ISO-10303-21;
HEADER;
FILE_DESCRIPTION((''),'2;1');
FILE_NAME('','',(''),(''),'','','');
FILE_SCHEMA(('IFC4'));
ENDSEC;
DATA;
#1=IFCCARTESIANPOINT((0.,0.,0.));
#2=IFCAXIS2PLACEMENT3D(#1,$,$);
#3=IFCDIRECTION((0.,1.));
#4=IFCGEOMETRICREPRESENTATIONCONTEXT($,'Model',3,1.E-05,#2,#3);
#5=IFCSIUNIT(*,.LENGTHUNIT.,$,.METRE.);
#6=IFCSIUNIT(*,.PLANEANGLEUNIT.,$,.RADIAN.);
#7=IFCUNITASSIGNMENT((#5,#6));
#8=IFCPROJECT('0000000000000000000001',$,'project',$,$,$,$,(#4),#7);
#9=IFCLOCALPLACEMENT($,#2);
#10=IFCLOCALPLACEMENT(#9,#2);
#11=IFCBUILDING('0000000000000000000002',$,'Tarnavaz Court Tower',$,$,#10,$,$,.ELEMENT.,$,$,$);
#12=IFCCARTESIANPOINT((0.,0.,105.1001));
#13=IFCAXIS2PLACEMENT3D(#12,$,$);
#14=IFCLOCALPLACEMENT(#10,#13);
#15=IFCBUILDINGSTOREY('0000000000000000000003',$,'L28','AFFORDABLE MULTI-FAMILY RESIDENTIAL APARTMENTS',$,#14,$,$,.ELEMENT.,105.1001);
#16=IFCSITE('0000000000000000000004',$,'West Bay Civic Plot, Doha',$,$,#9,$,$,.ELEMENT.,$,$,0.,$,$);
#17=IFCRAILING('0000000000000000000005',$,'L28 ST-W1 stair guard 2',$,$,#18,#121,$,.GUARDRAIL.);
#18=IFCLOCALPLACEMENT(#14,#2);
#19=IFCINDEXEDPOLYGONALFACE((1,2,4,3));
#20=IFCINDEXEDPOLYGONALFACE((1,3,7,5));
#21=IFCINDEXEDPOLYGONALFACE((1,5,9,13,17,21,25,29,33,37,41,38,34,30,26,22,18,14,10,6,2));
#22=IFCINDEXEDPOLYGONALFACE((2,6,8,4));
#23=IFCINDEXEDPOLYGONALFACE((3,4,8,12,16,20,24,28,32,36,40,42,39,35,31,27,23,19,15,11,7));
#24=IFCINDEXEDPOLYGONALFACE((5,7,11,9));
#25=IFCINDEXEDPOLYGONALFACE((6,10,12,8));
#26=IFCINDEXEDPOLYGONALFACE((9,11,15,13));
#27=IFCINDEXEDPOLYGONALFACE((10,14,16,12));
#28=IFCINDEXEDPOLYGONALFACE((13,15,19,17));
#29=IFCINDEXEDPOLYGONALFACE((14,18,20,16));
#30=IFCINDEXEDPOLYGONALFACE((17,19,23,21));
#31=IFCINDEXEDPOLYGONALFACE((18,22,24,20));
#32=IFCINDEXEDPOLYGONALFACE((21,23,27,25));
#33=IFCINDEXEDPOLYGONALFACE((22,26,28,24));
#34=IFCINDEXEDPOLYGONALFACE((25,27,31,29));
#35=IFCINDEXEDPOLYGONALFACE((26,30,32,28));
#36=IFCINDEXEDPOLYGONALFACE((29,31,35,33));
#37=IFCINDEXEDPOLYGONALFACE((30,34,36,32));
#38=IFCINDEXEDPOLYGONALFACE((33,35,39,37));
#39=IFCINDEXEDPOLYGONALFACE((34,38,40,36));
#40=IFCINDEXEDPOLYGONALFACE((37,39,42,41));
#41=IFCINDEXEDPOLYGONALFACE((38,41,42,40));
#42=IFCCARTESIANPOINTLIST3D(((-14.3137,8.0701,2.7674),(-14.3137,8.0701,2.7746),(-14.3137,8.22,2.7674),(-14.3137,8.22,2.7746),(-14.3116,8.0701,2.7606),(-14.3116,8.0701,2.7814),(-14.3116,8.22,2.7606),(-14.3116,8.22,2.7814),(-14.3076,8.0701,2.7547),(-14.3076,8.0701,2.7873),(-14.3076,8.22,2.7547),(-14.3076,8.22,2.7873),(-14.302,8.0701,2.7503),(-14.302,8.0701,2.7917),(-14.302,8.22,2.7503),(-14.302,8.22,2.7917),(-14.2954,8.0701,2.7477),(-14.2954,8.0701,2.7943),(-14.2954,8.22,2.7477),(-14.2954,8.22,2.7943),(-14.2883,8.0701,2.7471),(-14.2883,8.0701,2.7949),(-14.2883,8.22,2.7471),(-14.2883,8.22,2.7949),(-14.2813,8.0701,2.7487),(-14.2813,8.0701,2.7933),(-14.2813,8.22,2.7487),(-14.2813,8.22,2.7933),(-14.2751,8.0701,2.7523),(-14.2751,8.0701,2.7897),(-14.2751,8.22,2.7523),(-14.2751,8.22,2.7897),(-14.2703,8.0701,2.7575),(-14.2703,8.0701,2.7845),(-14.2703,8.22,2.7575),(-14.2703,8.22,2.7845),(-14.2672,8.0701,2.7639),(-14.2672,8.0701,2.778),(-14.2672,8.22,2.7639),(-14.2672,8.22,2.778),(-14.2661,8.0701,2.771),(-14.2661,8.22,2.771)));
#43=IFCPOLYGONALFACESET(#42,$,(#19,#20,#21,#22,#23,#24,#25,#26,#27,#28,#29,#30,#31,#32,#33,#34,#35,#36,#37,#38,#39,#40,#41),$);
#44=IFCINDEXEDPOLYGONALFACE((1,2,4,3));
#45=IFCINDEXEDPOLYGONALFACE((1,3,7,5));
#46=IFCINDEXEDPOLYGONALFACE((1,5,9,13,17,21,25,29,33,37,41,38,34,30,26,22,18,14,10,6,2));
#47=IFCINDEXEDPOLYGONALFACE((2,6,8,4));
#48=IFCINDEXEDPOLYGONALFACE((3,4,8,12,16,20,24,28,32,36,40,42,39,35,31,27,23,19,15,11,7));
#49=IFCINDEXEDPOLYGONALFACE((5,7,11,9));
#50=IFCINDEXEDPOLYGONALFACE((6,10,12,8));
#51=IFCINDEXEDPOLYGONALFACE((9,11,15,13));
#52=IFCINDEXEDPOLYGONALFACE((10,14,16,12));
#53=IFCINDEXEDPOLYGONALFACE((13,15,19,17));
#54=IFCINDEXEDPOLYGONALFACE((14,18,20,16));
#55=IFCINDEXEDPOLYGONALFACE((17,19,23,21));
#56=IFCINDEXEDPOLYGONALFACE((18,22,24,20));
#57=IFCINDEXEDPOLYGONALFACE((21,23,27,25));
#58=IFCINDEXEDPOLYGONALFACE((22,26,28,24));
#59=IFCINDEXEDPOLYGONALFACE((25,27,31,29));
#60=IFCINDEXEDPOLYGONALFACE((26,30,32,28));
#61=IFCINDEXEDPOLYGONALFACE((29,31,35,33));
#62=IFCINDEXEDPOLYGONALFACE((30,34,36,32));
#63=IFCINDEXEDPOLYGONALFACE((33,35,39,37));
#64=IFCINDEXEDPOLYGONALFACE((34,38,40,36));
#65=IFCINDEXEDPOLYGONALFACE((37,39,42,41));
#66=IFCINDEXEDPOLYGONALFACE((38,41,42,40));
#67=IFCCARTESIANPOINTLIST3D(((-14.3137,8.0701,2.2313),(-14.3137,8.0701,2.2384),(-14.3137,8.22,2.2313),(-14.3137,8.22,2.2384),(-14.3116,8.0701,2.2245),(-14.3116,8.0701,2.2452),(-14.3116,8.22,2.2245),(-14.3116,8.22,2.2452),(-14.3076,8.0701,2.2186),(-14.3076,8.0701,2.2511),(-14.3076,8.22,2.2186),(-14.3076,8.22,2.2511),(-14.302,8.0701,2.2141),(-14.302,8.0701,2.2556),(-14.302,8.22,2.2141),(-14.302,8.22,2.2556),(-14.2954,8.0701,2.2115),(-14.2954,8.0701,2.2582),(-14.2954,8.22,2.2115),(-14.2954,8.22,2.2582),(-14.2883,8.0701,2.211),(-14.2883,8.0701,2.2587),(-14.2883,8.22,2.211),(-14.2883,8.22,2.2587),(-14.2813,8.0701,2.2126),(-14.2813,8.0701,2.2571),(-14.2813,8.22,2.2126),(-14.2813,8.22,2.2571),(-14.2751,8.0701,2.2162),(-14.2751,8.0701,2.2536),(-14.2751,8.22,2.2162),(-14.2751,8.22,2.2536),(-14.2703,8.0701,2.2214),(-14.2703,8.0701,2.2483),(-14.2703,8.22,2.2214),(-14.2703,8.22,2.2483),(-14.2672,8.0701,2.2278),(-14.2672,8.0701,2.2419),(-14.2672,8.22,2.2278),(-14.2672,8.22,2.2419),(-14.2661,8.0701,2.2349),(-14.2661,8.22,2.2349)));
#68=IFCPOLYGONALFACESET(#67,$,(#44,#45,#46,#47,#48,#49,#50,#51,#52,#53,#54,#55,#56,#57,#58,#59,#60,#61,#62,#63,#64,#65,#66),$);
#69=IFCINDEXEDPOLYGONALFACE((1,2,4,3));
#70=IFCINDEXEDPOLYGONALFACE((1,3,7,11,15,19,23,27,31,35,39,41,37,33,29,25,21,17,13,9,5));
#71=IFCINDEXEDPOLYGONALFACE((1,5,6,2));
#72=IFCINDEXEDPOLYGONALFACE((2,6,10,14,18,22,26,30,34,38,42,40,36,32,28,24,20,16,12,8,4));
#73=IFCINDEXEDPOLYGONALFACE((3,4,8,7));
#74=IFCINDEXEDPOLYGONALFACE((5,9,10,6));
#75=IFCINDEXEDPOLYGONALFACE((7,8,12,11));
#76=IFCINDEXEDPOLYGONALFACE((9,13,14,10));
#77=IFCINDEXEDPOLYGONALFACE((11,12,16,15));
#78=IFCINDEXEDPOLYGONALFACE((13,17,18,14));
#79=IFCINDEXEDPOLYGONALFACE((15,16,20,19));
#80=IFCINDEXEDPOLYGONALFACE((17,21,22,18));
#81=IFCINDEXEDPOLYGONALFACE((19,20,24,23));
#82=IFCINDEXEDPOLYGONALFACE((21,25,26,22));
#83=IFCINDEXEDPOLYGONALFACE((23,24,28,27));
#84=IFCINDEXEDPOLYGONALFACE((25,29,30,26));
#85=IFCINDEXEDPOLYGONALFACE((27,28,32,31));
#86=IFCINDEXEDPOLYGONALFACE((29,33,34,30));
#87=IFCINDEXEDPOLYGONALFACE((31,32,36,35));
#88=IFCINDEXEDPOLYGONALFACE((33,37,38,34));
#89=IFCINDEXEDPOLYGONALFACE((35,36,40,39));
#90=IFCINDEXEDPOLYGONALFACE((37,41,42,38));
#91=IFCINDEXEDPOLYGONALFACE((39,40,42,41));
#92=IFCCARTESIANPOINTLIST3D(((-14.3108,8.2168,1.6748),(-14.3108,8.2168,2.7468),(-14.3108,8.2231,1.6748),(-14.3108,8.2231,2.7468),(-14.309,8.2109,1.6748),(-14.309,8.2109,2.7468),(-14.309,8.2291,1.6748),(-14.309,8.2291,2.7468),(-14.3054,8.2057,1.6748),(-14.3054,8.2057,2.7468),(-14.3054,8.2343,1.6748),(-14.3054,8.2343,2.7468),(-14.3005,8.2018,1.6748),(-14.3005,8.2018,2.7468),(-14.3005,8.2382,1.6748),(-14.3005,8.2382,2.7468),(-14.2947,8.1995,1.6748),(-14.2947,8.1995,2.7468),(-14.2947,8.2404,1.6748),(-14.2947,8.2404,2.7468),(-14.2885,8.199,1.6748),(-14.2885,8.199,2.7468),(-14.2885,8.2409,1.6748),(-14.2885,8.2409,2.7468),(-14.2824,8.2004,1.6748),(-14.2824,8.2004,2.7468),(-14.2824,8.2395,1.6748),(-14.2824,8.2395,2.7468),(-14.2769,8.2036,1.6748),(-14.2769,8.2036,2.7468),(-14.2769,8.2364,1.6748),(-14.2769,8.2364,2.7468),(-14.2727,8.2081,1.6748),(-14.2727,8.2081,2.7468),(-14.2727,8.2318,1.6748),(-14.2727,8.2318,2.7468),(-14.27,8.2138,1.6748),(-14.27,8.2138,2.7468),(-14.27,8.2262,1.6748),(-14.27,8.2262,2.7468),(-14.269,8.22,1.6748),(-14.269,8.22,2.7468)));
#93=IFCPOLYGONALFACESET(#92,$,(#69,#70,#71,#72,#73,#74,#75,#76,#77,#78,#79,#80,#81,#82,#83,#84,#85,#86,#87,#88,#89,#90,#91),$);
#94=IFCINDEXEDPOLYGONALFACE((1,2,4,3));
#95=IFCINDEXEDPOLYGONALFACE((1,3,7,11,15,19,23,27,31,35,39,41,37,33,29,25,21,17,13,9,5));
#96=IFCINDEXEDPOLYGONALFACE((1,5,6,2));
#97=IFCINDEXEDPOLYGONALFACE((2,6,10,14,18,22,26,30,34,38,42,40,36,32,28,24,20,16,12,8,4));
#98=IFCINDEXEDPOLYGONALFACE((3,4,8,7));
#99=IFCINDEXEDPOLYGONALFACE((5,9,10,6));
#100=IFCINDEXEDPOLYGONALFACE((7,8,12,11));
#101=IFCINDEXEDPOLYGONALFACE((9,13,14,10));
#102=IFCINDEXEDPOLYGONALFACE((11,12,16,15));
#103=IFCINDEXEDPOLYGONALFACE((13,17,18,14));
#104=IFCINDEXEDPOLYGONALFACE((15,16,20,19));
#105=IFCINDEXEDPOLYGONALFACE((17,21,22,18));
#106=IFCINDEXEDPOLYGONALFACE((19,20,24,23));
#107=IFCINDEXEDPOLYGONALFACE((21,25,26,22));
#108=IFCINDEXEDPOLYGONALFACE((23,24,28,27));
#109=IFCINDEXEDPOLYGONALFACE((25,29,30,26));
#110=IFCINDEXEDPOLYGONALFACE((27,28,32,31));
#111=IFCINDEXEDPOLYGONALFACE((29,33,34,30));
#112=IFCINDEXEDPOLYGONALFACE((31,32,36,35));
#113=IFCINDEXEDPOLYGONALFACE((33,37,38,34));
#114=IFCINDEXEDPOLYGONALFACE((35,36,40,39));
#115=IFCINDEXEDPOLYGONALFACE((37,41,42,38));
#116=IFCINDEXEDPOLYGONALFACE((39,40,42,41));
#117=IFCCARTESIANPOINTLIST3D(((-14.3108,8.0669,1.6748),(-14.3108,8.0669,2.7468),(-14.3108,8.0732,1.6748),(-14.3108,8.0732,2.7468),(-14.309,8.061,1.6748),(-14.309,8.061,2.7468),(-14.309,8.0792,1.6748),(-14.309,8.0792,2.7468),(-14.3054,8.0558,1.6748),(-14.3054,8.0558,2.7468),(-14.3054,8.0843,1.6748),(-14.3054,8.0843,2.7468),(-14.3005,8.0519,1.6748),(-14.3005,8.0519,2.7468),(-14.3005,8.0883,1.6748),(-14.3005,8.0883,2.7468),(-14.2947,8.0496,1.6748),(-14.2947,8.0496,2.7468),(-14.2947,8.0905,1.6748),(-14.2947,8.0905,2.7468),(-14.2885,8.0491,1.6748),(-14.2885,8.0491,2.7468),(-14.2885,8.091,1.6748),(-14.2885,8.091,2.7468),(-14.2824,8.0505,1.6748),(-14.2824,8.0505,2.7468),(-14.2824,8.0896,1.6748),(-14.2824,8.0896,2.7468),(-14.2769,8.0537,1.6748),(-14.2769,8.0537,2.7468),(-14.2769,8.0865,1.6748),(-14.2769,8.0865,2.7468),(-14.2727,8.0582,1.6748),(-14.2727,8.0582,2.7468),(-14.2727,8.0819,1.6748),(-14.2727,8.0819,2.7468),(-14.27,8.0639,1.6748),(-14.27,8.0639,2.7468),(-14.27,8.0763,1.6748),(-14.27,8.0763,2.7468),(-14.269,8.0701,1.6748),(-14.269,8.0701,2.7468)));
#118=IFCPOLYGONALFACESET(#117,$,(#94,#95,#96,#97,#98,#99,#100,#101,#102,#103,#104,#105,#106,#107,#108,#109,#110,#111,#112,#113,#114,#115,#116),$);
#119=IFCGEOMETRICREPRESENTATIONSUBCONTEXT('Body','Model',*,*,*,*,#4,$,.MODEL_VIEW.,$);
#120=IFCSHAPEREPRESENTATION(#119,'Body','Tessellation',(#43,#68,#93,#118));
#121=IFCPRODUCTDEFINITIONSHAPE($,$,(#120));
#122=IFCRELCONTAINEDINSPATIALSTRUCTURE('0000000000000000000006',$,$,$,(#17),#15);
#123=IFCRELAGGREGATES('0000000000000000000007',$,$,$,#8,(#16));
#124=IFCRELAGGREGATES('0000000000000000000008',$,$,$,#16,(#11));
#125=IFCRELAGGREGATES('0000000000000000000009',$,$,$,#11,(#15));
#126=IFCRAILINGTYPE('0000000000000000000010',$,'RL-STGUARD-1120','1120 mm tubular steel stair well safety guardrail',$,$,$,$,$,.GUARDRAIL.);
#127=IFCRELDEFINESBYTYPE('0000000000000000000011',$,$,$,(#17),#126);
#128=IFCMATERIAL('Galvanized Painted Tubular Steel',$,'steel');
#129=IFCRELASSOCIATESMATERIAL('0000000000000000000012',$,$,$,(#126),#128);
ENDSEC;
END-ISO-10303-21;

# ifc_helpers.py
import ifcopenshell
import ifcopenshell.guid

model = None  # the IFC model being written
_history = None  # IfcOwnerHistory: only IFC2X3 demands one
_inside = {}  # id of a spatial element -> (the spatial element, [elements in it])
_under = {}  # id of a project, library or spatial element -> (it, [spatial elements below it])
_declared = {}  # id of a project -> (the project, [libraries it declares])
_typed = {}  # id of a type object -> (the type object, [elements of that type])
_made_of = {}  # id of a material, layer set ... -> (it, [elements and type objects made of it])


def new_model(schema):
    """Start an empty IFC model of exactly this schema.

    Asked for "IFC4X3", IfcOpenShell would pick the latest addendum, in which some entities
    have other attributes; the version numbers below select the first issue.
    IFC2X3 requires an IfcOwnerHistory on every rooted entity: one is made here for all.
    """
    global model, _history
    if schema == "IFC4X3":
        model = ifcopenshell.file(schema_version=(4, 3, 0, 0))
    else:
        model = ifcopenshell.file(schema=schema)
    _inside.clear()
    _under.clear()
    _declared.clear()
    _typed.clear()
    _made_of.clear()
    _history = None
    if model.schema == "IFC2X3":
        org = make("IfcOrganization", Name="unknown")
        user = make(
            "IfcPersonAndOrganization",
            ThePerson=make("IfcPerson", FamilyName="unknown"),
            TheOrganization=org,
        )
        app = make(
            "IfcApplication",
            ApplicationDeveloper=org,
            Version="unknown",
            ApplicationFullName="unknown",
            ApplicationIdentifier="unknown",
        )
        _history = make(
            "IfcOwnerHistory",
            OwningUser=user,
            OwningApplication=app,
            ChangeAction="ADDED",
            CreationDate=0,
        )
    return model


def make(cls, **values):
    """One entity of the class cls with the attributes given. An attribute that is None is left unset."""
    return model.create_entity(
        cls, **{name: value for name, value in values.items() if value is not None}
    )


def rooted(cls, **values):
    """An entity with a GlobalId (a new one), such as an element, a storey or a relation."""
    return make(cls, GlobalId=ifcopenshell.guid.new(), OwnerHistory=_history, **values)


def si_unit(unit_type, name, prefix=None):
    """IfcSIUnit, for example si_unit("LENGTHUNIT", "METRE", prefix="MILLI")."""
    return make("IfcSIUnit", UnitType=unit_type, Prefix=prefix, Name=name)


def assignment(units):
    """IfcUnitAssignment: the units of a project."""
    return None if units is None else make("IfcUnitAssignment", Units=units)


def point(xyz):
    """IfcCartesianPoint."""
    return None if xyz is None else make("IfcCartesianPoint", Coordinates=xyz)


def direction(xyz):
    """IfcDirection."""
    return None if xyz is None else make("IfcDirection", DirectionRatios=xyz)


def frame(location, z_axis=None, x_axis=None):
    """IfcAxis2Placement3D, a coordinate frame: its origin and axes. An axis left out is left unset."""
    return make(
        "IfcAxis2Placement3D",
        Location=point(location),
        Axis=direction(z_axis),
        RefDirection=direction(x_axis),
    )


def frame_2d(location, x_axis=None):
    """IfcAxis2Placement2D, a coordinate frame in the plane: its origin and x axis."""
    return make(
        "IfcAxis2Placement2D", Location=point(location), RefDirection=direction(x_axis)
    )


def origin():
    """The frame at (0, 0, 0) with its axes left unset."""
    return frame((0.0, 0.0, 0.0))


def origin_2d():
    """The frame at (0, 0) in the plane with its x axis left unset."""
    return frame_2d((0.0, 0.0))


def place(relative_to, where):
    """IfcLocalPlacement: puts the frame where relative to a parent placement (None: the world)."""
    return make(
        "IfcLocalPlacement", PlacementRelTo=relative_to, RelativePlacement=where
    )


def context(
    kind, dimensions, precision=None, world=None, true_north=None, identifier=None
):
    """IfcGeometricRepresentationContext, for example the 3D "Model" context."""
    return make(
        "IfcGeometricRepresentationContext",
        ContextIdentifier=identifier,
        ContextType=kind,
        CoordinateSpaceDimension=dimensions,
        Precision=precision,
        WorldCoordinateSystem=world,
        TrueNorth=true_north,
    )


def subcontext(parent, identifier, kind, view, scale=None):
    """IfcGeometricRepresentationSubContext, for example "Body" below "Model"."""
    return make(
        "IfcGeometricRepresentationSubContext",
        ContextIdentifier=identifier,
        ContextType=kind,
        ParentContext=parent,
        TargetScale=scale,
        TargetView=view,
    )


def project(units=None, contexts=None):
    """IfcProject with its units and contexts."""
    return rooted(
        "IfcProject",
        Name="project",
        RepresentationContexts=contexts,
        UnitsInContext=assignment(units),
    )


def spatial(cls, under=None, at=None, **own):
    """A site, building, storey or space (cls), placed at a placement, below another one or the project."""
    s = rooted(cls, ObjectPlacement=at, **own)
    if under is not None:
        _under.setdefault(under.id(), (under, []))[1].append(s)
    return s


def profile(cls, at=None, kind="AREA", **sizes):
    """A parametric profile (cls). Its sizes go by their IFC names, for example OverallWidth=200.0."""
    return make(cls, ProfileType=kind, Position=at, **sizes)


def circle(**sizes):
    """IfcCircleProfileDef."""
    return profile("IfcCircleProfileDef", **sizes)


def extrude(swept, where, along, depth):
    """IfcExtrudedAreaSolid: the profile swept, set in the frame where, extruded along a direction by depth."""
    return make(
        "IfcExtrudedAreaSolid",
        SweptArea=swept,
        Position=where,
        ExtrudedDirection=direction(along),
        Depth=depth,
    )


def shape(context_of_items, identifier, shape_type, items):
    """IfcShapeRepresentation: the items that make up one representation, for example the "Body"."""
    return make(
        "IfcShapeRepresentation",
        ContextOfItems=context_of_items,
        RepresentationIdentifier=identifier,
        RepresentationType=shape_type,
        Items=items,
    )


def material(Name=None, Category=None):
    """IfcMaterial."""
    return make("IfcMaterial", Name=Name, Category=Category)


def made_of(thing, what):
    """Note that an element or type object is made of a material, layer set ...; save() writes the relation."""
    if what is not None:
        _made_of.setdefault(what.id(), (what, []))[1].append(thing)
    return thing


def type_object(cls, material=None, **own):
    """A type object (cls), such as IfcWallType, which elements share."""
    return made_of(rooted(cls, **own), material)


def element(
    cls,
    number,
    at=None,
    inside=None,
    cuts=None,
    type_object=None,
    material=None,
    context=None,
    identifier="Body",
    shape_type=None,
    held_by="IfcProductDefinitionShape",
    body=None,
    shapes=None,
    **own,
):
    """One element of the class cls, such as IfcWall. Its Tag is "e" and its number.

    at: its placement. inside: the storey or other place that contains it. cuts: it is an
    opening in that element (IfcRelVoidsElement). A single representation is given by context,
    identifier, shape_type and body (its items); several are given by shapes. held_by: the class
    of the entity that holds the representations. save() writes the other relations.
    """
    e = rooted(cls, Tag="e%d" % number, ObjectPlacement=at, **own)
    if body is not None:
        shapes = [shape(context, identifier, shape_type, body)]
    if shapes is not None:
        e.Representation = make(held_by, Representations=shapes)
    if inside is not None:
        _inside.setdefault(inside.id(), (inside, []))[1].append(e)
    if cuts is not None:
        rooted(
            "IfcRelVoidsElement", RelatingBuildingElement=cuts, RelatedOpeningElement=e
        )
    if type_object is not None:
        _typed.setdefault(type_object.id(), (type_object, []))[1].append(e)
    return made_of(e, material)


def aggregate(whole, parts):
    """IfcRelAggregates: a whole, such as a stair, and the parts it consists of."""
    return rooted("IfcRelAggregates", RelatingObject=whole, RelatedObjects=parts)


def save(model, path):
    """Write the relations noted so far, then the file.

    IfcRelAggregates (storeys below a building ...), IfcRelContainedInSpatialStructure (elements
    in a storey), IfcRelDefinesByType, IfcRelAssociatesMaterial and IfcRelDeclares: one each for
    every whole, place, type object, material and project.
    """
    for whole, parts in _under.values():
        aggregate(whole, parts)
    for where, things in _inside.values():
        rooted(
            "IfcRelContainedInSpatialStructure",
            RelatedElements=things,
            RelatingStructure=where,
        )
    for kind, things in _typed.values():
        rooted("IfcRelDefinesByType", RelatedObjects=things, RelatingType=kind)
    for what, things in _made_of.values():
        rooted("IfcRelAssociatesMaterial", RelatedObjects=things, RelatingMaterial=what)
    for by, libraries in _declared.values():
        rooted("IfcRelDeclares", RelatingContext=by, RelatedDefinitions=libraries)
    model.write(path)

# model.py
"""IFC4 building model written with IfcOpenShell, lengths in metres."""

from ifc_helpers import new_model, si_unit, direction, frame, origin, origin_2d, place, context, subcontext, project, spatial, circle, extrude, material, type_object, element, save


model = new_model("IFC4")

# Units and contexts
model_context = context("Model", 3, precision=1e-05, world=origin(), true_north=direction((0.0, 1.0)))
body_context = subcontext(model_context, "Body", "Model", "MODEL_VIEW")
ifc_project = project(units=[si_unit("LENGTHUNIT", "METRE"), si_unit("PLANEANGLEUNIT", "RADIAN")], contexts=[model_context])

# Site, building, storey
site_placement = place(None, origin())
site = spatial("IfcSite", under=ifc_project, at=site_placement, Name="West Bay Civic Plot, Doha", CompositionType="ELEMENT", RefElevation=0.0)
building_placement = place(site_placement, origin())
building = spatial("IfcBuilding", under=site, at=building_placement, Name="Tarnavaz Court Tower", CompositionType="ELEMENT")
storey_placement = place(building_placement, frame((0.0, 0.0, 105.1001)))
storey = spatial("IfcBuildingStorey", under=building, at=storey_placement, Name="L28", Description="AFFORDABLE MULTI-FAMILY RESIDENTIAL APARTMENTS", CompositionType="ELEMENT", Elevation=105.1001)

# Railing
ifc_material_1 = material(Name="Galvanized Painted Tubular Steel", Category="steel")
railing_type_1 = type_object("IfcRailingType", Name="RL-STGUARD-1120", Description="1120 mm tubular steel stair well safety guardrail", PredefinedType="GUARDRAIL", material=ifc_material_1)
railing_1_placement = place(storey_placement, frame((-14.29, 8.22, 1.6748)))
element("IfcRailing", 1, at=railing_1_placement, inside=storey, type_object=railing_type_1, Name="L28 ST-W1 stair guard 2", PredefinedType="GUARDRAIL", context=body_context, shape_type="SweptSolid", body=[
    extrude(circle(Radius=0.0239, at=origin_2d()), frame((0.0, 0.0, 1.0962), z_axis=(0.0, -1.0, 0.0), x_axis=(1.0, 0.0, 0.0)), (0.0, 0.0, 1.0), 0.1499),
    extrude(circle(Radius=0.0239, at=origin_2d()), frame((0.0, 0.0, 0.5601), z_axis=(0.0, -1.0, 0.0), x_axis=(1.0, 0.0, 0.0)), (0.0, 0.0, 1.0), 0.1499),
    extrude(circle(Radius=0.021, at=origin_2d()), origin(), (0.0, 0.0, 1.0), 1.072),
    extrude(circle(Radius=0.021, at=origin_2d()), frame((0.0, -0.1499, 0.0)), (0.0, 0.0, 1.0), 1.072),
])

save(model, "model.ifc")
